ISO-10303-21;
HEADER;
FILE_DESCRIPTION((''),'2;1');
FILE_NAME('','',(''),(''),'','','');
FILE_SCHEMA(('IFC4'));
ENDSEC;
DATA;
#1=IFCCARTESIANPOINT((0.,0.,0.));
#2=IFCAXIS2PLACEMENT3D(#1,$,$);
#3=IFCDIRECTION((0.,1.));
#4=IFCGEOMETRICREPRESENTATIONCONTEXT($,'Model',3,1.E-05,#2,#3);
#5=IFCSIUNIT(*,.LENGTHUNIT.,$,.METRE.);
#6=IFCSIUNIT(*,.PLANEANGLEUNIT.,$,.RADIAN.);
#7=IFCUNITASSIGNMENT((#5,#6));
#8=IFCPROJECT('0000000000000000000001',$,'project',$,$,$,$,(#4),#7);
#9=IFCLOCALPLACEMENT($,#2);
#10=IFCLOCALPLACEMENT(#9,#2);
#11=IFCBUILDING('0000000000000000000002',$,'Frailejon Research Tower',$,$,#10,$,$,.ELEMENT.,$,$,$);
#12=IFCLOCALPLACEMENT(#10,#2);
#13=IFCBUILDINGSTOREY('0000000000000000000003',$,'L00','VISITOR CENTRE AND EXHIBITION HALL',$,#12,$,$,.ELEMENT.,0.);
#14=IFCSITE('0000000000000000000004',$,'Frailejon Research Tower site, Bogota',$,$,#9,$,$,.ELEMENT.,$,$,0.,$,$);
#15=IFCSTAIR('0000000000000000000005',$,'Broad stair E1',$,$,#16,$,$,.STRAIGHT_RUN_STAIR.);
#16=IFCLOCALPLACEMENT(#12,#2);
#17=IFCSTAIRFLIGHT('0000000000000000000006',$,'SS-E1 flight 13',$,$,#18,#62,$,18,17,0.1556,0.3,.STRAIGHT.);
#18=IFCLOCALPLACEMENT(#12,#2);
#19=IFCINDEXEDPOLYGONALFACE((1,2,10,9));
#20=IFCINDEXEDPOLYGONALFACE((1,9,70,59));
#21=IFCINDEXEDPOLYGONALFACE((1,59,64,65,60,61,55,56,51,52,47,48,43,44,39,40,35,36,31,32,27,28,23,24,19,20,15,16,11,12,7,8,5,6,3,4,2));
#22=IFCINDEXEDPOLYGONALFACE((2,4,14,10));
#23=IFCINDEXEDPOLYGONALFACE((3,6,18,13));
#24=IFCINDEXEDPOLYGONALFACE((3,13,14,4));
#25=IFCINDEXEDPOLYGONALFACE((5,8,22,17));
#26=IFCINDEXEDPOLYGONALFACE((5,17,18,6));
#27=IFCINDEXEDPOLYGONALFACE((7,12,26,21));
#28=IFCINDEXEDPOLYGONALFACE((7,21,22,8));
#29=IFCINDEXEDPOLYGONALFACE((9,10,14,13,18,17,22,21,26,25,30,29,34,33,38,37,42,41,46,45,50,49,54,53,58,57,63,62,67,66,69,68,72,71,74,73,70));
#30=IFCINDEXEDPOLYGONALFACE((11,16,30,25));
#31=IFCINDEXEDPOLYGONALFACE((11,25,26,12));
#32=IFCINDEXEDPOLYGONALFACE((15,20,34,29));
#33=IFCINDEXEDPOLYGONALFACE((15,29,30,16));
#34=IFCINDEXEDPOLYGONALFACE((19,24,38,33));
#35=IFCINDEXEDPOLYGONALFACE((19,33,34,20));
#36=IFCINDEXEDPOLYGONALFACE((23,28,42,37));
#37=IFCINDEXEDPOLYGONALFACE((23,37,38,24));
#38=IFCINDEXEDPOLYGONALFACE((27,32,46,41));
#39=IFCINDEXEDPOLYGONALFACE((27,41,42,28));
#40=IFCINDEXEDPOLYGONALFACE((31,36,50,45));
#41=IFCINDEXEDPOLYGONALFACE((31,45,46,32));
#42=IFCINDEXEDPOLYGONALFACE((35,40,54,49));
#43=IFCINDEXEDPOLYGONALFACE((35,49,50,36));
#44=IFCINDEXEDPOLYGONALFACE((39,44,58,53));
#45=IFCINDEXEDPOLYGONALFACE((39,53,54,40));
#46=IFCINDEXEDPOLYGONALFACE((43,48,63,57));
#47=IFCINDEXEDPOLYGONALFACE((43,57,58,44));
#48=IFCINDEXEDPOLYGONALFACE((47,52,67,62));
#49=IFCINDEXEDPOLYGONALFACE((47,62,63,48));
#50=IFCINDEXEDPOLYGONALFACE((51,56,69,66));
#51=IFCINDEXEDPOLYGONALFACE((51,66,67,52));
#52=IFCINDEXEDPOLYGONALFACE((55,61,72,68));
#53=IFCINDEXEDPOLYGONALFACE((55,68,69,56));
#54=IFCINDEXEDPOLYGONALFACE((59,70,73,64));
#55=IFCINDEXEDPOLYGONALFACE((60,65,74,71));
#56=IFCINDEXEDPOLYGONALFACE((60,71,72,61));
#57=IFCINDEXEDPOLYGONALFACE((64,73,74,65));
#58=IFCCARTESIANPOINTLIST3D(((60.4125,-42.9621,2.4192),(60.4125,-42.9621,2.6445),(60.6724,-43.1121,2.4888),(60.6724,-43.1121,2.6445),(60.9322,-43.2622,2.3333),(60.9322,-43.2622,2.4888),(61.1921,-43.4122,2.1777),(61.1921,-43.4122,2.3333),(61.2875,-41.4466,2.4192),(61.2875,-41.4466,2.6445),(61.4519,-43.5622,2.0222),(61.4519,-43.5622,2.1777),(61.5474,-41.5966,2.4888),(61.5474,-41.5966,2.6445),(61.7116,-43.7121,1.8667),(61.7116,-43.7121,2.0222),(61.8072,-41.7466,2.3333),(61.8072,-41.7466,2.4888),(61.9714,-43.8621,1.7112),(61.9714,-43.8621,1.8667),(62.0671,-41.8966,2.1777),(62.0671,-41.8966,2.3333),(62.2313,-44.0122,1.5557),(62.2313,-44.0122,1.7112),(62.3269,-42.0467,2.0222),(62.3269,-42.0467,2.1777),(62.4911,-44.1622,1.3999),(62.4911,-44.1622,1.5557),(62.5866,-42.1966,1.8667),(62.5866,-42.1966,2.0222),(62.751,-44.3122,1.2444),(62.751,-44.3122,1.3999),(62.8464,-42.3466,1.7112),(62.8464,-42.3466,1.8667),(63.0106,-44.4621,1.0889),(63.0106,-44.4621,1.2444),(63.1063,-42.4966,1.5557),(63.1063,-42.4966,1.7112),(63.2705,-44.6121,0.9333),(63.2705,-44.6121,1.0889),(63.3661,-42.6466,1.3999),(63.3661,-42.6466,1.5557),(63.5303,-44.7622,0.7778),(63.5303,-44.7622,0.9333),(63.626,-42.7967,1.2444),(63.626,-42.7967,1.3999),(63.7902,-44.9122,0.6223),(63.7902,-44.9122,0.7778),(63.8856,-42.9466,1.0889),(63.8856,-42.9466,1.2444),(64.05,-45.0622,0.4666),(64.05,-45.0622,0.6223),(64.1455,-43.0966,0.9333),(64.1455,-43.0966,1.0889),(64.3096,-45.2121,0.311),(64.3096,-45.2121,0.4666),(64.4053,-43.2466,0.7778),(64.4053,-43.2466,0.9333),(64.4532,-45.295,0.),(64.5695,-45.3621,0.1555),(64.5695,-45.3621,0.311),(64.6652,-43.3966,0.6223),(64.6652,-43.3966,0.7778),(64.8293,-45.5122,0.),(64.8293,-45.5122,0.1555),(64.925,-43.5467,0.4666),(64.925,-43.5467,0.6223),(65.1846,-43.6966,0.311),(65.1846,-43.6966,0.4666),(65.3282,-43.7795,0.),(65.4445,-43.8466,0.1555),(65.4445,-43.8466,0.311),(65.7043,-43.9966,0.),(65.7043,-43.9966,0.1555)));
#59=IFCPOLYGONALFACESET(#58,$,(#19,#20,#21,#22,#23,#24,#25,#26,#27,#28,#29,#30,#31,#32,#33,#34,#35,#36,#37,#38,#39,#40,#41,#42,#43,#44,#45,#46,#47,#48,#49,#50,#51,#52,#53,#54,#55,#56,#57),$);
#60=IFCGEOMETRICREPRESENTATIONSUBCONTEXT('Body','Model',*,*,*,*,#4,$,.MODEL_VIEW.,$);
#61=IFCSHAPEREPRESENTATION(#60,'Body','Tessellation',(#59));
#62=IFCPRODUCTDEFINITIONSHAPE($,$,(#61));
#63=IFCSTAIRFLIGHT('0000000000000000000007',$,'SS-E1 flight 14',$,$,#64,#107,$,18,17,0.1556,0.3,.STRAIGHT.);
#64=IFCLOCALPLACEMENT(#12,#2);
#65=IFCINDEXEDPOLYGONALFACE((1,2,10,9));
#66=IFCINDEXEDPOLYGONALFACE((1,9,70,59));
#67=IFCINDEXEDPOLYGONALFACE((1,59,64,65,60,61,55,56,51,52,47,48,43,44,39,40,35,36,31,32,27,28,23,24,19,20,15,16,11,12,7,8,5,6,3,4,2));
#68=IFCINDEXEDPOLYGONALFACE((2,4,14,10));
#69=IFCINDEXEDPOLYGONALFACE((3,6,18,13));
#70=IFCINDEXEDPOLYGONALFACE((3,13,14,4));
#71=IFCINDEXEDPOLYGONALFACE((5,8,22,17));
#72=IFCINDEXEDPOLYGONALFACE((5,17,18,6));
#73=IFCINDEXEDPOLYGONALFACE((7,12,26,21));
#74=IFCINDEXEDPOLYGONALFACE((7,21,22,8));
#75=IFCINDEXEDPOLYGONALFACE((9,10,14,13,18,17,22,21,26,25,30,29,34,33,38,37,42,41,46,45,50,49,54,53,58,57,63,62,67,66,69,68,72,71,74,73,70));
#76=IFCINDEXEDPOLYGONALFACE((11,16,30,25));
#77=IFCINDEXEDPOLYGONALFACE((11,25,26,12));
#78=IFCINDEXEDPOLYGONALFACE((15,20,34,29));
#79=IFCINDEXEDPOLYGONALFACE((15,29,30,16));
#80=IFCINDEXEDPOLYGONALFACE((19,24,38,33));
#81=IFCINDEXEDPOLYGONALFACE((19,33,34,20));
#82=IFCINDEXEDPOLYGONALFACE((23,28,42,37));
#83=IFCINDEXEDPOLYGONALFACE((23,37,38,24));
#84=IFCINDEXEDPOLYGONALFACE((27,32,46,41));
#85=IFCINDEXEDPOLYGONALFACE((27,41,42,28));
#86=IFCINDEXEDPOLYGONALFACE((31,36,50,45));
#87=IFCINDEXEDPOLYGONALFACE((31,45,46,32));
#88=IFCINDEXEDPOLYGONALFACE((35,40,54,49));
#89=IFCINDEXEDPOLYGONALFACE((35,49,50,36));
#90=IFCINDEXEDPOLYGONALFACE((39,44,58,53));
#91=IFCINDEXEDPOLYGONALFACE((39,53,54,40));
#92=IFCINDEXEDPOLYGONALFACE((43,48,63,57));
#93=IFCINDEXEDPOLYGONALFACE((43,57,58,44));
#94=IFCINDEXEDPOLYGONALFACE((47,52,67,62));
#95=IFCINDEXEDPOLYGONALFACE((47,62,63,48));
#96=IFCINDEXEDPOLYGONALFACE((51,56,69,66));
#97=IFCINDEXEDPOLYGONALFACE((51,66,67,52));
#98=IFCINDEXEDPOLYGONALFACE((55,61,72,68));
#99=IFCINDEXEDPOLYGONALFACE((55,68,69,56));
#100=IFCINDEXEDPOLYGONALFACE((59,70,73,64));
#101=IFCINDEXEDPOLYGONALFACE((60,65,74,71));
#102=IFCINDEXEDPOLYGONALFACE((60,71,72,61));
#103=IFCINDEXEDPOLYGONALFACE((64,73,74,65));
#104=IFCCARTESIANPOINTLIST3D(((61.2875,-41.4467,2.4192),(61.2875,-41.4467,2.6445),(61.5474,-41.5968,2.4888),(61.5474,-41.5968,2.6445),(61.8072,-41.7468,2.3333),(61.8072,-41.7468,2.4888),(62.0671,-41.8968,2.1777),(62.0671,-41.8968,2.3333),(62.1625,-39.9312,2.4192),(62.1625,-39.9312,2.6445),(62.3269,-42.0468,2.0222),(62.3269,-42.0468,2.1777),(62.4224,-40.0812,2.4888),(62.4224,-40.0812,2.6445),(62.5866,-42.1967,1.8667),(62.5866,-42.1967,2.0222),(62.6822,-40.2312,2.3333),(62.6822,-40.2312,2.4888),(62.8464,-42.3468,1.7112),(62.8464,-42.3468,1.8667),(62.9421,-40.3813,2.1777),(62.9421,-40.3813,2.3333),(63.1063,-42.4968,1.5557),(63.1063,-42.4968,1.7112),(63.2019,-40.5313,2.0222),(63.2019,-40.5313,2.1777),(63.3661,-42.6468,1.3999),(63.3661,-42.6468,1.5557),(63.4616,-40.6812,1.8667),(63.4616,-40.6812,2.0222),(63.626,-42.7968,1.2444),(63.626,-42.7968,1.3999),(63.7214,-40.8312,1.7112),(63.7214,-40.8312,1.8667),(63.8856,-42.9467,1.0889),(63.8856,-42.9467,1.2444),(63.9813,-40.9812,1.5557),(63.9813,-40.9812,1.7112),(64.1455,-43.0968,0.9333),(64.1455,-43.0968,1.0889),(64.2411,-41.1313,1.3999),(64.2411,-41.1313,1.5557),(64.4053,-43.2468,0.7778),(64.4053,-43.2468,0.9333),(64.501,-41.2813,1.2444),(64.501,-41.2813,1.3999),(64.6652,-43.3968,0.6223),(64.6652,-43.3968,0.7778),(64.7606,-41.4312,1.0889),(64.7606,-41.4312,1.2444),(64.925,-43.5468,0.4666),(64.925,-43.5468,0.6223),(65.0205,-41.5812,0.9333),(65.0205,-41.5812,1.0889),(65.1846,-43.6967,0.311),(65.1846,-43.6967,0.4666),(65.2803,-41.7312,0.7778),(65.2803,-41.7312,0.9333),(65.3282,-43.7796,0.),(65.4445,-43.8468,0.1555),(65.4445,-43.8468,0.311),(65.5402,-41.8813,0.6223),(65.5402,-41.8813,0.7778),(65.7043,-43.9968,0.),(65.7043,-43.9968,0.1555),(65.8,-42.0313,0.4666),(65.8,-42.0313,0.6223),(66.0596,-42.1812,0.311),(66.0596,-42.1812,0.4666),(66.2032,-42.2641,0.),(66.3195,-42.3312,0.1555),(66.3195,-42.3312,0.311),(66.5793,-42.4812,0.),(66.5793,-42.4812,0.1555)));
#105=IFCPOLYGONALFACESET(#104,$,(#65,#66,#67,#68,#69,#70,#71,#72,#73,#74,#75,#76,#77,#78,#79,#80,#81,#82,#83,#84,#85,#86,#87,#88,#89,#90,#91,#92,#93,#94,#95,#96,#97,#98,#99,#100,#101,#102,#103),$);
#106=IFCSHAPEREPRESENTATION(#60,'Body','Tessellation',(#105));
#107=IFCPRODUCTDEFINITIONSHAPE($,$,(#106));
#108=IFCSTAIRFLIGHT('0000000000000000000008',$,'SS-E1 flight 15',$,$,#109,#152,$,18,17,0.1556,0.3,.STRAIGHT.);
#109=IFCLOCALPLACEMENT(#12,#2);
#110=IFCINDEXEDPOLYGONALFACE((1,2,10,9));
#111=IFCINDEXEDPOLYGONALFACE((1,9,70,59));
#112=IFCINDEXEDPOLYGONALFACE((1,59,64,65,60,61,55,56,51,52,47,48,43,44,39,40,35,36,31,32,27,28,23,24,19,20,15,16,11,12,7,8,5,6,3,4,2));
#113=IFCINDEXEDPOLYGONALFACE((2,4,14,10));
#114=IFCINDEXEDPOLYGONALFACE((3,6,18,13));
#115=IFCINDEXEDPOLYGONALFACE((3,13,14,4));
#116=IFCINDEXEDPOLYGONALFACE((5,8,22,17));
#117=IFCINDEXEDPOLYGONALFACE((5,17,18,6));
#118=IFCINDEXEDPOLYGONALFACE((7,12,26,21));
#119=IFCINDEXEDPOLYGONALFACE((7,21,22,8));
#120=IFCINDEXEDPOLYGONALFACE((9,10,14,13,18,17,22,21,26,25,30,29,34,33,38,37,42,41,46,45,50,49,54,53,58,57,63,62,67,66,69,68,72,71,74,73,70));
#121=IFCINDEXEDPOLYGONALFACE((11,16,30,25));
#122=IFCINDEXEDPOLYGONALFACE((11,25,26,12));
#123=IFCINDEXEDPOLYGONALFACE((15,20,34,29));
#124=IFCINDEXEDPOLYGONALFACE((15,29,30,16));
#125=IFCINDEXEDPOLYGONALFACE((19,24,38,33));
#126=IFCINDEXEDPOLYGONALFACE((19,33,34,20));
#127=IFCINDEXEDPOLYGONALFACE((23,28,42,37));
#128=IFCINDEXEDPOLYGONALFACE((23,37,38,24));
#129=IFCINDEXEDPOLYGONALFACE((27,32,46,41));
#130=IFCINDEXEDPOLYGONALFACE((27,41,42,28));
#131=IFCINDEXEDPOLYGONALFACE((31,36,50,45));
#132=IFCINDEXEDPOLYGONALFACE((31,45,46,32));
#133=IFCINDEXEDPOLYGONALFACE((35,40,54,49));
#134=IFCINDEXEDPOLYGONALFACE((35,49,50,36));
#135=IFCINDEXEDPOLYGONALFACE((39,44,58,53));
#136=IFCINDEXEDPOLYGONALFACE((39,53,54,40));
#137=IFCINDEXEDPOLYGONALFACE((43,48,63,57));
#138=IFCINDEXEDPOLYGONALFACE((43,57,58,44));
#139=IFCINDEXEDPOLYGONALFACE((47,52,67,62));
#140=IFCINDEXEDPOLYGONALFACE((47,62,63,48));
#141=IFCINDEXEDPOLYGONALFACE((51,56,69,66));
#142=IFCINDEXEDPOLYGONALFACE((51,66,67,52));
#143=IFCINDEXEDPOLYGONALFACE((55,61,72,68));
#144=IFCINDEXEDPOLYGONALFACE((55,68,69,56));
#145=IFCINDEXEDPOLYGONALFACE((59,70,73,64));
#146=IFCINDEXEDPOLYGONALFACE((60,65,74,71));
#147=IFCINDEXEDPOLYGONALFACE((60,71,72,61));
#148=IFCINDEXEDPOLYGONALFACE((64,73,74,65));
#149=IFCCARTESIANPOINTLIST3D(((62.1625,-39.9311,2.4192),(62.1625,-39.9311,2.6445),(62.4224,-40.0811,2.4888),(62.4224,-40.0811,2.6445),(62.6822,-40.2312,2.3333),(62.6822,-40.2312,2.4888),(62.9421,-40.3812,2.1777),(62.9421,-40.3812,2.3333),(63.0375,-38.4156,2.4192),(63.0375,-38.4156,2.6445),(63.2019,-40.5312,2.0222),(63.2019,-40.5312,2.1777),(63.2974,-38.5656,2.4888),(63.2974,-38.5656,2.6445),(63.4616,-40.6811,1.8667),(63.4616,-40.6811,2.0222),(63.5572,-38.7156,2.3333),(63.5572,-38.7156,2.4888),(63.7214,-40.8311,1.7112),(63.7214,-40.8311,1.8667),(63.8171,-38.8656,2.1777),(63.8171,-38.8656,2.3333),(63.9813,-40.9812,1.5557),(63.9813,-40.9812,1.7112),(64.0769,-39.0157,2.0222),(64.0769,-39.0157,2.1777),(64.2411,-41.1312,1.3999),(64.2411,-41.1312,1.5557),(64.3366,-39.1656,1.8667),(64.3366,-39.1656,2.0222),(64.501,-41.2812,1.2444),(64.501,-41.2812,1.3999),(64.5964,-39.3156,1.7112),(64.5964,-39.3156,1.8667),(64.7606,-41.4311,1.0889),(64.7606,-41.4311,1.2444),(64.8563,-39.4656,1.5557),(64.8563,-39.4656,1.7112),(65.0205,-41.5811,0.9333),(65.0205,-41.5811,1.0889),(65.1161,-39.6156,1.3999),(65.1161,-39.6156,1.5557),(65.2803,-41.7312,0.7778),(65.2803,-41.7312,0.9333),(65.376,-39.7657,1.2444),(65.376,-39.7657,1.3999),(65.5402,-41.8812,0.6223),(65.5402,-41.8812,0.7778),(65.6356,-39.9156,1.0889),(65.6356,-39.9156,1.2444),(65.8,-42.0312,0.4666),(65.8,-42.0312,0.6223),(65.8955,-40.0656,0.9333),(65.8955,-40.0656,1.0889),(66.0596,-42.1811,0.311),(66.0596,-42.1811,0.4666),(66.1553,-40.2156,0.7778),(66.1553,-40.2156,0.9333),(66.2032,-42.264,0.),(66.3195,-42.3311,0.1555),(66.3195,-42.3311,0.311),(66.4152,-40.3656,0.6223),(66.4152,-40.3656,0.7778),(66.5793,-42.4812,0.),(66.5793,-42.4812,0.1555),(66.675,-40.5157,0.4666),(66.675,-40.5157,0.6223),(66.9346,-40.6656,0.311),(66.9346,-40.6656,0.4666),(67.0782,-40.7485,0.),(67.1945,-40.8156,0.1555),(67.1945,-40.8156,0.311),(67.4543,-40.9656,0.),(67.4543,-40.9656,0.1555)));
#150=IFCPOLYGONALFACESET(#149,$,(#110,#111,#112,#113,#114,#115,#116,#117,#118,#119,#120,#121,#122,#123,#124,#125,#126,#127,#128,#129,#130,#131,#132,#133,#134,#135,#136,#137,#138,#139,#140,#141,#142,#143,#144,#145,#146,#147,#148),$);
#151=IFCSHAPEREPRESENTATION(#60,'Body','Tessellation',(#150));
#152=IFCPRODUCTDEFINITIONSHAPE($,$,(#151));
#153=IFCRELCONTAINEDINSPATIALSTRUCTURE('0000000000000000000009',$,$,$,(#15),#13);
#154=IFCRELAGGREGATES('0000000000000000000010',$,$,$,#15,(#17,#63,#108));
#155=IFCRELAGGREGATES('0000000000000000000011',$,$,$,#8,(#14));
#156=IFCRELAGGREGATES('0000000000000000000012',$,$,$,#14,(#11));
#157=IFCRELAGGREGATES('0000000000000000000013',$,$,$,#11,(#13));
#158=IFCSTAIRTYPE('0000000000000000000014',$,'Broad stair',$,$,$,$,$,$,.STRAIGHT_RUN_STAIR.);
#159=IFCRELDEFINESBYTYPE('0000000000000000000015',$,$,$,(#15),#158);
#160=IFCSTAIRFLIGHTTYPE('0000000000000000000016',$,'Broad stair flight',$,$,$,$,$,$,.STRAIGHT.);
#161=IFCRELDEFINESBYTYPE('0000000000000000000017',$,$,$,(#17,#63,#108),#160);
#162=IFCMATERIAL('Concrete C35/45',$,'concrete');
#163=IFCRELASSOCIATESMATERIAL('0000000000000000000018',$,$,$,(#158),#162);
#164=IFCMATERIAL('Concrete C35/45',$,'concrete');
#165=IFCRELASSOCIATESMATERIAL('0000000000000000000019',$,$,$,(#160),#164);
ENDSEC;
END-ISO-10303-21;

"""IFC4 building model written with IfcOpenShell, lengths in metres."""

from ifc_helpers import new_model, si_unit, direction, frame, origin, place, context, subcontext, project, spatial, polyline, outline, extrude, material, type_object, element, aggregate, save


model = new_model("IFC4")

# Units and contexts
model_context = context("Model", 3, precision=1e-05, world=origin(), true_north=direction((0.0, 1.0)))
body_context = subcontext(model_context, "Body", "Model", "MODEL_VIEW")
ifc_project = project(units=[si_unit("LENGTHUNIT", "METRE"), si_unit("PLANEANGLEUNIT", "RADIAN")], contexts=[model_context])

# Site, building, storey
site_placement = place(None, origin())
site = spatial("IfcSite", under=ifc_project, at=site_placement, Name="Frailejon Research Tower site, Bogota", CompositionType="ELEMENT", RefElevation=0.0)
building_placement = place(site_placement, origin())
building = spatial("IfcBuilding", under=site, at=building_placement, Name="Frailejon Research Tower", CompositionType="ELEMENT")
storey_placement = place(building_placement, origin())
storey = spatial("IfcBuildingStorey", under=building, at=storey_placement, Name="L00", Description="VISITOR CENTRE AND EXHIBITION HALL", CompositionType="ELEMENT", Elevation=0.0)

# Stair, stair flights
ifc_material_1 = material(Name="Concrete C35/45", Category="concrete")
stair_type = type_object("IfcStairType", Name="Broad stair", PredefinedType="STRAIGHT_RUN_STAIR", material=ifc_material_1)
stair_placement = place(storey_placement, origin())
stair = element("IfcStair", 1, at=stair_placement, inside=storey, type_object=stair_type, Name="Broad stair E1", PredefinedType="STRAIGHT_RUN_STAIR")
ifc_material_2 = material(Name="Concrete C35/45", Category="concrete")
stair_flight_type = type_object("IfcStairFlightType", Name="Broad stair flight", PredefinedType="STRAIGHT", material=ifc_material_2)
stair_flight_1_placement = place(storey_placement, frame((65.2668, -44.7544, 0.0), z_axis=(0.0, 0.0, 1.0), x_axis=(-0.866025, 0.5, 0.0)))
stair_flight_1 = element("IfcStairFlight", 2, at=stair_flight_1_placement, type_object=stair_flight_type, Name="SS-E1 flight 13", NumberOfRisers=18, NumberOfTreads=17, PredefinedType="STRAIGHT", RiserHeight=0.1556, TreadLength=0.3, context=body_context, shape_type="SweptSolid", body=[
    extrude(outline(polyline([(0.0, 0.0), (0.0, 0.1555), (0.3, 0.1555), (0.3, 0.311), (0.6001, 0.311), (0.6001, 0.4666), (0.8999, 0.4666), (0.8999, 0.6223), (1.2, 0.6223), (1.2, 0.7778), (1.5, 0.7778), (1.5, 0.9333), (1.8, 0.9333), (1.8, 1.0889), (2.1001, 1.0889), (2.1001, 1.2444), (2.3999, 1.2444), (2.3999, 1.3999), (2.7, 1.3999), (2.7, 1.5557), (3.0, 1.5557), (3.0, 1.7112), (3.3, 1.7112), (3.3, 1.8667), (3.6001, 1.8667), (3.6001, 2.0222), (3.8999, 2.0222), (3.8999, 2.1777), (4.2, 2.1777), (4.2, 2.3333), (4.5, 2.3333), (4.5, 2.4888), (4.8, 2.4888), (4.8, 2.6445), (5.1001, 2.6445), (5.1001, 2.8), (5.1001, 2.4192), (0.4343, 0.0), (0.0, 0.0)])), frame((0.0, 0.875, 0.0), z_axis=(0.0, -1.0, 0.0), x_axis=(1.0, 0.0, 0.0)), (0.0, 0.0, 1.0), 1.75),
])
stair_flight_2_placement = place(storey_placement, frame((66.1418, -43.239, 0.0), z_axis=(0.0, 0.0, 1.0), x_axis=(-0.866025, 0.5, 0.0)))
stair_flight_2 = element("IfcStairFlight", 3, at=stair_flight_2_placement, type_object=stair_flight_type, Name="SS-E1 flight 14", NumberOfRisers=18, NumberOfTreads=17, PredefinedType="STRAIGHT", RiserHeight=0.1556, TreadLength=0.3, context=body_context, shape_type="SweptSolid", body=[
    extrude(outline(polyline([(0.0, 0.0), (0.0, 0.1555), (0.3, 0.1555), (0.3, 0.311), (0.6001, 0.311), (0.6001, 0.4666), (0.8999, 0.4666), (0.8999, 0.6223), (1.2, 0.6223), (1.2, 0.7778), (1.5, 0.7778), (1.5, 0.9333), (1.8, 0.9333), (1.8, 1.0889), (2.1001, 1.0889), (2.1001, 1.2444), (2.3999, 1.2444), (2.3999, 1.3999), (2.7, 1.3999), (2.7, 1.5557), (3.0, 1.5557), (3.0, 1.7112), (3.3, 1.7112), (3.3, 1.8667), (3.6001, 1.8667), (3.6001, 2.0222), (3.8999, 2.0222), (3.8999, 2.1777), (4.2, 2.1777), (4.2, 2.3333), (4.5, 2.3333), (4.5, 2.4888), (4.8, 2.4888), (4.8, 2.6445), (5.1001, 2.6445), (5.1001, 2.8), (5.1001, 2.4192), (0.4343, 0.0), (0.0, 0.0)])), frame((0.0, 0.875, 0.0), z_axis=(0.0, -1.0, 0.0), x_axis=(1.0, 0.0, 0.0)), (0.0, 0.0, 1.0), 1.75),
])
stair_flight_3_placement = place(storey_placement, frame((67.0168, -41.7234, 0.0), z_axis=(0.0, 0.0, 1.0), x_axis=(-0.866025, 0.5, 0.0)))
stair_flight_3 = element("IfcStairFlight", 4, at=stair_flight_3_placement, type_object=stair_flight_type, Name="SS-E1 flight 15", NumberOfRisers=18, NumberOfTreads=17, PredefinedType="STRAIGHT", RiserHeight=0.1556, TreadLength=0.3, context=body_context, shape_type="SweptSolid", body=[
    extrude(outline(polyline([(0.0, 0.0), (0.0, 0.1555), (0.3, 0.1555), (0.3, 0.311), (0.6001, 0.311), (0.6001, 0.4666), (0.8999, 0.4666), (0.8999, 0.6223), (1.2, 0.6223), (1.2, 0.7778), (1.5, 0.7778), (1.5, 0.9333), (1.8, 0.9333), (1.8, 1.0889), (2.1001, 1.0889), (2.1001, 1.2444), (2.3999, 1.2444), (2.3999, 1.3999), (2.7, 1.3999), (2.7, 1.5557), (3.0, 1.5557), (3.0, 1.7112), (3.3, 1.7112), (3.3, 1.8667), (3.6001, 1.8667), (3.6001, 2.0222), (3.8999, 2.0222), (3.8999, 2.1777), (4.2, 2.1777), (4.2, 2.3333), (4.5, 2.3333), (4.5, 2.4888), (4.8, 2.4888), (4.8, 2.6445), (5.1001, 2.6445), (5.1001, 2.8), (5.1001, 2.4192), (0.4343, 0.0), (0.0, 0.0)])), frame((0.0, 0.875, 0.0), z_axis=(0.0, -1.0, 0.0), x_axis=(1.0, 0.0, 0.0)), (0.0, 0.0, 1.0), 1.75),
])
aggregate(stair, [stair_flight_1, stair_flight_2, stair_flight_3])

save(model, "model.ifc")
